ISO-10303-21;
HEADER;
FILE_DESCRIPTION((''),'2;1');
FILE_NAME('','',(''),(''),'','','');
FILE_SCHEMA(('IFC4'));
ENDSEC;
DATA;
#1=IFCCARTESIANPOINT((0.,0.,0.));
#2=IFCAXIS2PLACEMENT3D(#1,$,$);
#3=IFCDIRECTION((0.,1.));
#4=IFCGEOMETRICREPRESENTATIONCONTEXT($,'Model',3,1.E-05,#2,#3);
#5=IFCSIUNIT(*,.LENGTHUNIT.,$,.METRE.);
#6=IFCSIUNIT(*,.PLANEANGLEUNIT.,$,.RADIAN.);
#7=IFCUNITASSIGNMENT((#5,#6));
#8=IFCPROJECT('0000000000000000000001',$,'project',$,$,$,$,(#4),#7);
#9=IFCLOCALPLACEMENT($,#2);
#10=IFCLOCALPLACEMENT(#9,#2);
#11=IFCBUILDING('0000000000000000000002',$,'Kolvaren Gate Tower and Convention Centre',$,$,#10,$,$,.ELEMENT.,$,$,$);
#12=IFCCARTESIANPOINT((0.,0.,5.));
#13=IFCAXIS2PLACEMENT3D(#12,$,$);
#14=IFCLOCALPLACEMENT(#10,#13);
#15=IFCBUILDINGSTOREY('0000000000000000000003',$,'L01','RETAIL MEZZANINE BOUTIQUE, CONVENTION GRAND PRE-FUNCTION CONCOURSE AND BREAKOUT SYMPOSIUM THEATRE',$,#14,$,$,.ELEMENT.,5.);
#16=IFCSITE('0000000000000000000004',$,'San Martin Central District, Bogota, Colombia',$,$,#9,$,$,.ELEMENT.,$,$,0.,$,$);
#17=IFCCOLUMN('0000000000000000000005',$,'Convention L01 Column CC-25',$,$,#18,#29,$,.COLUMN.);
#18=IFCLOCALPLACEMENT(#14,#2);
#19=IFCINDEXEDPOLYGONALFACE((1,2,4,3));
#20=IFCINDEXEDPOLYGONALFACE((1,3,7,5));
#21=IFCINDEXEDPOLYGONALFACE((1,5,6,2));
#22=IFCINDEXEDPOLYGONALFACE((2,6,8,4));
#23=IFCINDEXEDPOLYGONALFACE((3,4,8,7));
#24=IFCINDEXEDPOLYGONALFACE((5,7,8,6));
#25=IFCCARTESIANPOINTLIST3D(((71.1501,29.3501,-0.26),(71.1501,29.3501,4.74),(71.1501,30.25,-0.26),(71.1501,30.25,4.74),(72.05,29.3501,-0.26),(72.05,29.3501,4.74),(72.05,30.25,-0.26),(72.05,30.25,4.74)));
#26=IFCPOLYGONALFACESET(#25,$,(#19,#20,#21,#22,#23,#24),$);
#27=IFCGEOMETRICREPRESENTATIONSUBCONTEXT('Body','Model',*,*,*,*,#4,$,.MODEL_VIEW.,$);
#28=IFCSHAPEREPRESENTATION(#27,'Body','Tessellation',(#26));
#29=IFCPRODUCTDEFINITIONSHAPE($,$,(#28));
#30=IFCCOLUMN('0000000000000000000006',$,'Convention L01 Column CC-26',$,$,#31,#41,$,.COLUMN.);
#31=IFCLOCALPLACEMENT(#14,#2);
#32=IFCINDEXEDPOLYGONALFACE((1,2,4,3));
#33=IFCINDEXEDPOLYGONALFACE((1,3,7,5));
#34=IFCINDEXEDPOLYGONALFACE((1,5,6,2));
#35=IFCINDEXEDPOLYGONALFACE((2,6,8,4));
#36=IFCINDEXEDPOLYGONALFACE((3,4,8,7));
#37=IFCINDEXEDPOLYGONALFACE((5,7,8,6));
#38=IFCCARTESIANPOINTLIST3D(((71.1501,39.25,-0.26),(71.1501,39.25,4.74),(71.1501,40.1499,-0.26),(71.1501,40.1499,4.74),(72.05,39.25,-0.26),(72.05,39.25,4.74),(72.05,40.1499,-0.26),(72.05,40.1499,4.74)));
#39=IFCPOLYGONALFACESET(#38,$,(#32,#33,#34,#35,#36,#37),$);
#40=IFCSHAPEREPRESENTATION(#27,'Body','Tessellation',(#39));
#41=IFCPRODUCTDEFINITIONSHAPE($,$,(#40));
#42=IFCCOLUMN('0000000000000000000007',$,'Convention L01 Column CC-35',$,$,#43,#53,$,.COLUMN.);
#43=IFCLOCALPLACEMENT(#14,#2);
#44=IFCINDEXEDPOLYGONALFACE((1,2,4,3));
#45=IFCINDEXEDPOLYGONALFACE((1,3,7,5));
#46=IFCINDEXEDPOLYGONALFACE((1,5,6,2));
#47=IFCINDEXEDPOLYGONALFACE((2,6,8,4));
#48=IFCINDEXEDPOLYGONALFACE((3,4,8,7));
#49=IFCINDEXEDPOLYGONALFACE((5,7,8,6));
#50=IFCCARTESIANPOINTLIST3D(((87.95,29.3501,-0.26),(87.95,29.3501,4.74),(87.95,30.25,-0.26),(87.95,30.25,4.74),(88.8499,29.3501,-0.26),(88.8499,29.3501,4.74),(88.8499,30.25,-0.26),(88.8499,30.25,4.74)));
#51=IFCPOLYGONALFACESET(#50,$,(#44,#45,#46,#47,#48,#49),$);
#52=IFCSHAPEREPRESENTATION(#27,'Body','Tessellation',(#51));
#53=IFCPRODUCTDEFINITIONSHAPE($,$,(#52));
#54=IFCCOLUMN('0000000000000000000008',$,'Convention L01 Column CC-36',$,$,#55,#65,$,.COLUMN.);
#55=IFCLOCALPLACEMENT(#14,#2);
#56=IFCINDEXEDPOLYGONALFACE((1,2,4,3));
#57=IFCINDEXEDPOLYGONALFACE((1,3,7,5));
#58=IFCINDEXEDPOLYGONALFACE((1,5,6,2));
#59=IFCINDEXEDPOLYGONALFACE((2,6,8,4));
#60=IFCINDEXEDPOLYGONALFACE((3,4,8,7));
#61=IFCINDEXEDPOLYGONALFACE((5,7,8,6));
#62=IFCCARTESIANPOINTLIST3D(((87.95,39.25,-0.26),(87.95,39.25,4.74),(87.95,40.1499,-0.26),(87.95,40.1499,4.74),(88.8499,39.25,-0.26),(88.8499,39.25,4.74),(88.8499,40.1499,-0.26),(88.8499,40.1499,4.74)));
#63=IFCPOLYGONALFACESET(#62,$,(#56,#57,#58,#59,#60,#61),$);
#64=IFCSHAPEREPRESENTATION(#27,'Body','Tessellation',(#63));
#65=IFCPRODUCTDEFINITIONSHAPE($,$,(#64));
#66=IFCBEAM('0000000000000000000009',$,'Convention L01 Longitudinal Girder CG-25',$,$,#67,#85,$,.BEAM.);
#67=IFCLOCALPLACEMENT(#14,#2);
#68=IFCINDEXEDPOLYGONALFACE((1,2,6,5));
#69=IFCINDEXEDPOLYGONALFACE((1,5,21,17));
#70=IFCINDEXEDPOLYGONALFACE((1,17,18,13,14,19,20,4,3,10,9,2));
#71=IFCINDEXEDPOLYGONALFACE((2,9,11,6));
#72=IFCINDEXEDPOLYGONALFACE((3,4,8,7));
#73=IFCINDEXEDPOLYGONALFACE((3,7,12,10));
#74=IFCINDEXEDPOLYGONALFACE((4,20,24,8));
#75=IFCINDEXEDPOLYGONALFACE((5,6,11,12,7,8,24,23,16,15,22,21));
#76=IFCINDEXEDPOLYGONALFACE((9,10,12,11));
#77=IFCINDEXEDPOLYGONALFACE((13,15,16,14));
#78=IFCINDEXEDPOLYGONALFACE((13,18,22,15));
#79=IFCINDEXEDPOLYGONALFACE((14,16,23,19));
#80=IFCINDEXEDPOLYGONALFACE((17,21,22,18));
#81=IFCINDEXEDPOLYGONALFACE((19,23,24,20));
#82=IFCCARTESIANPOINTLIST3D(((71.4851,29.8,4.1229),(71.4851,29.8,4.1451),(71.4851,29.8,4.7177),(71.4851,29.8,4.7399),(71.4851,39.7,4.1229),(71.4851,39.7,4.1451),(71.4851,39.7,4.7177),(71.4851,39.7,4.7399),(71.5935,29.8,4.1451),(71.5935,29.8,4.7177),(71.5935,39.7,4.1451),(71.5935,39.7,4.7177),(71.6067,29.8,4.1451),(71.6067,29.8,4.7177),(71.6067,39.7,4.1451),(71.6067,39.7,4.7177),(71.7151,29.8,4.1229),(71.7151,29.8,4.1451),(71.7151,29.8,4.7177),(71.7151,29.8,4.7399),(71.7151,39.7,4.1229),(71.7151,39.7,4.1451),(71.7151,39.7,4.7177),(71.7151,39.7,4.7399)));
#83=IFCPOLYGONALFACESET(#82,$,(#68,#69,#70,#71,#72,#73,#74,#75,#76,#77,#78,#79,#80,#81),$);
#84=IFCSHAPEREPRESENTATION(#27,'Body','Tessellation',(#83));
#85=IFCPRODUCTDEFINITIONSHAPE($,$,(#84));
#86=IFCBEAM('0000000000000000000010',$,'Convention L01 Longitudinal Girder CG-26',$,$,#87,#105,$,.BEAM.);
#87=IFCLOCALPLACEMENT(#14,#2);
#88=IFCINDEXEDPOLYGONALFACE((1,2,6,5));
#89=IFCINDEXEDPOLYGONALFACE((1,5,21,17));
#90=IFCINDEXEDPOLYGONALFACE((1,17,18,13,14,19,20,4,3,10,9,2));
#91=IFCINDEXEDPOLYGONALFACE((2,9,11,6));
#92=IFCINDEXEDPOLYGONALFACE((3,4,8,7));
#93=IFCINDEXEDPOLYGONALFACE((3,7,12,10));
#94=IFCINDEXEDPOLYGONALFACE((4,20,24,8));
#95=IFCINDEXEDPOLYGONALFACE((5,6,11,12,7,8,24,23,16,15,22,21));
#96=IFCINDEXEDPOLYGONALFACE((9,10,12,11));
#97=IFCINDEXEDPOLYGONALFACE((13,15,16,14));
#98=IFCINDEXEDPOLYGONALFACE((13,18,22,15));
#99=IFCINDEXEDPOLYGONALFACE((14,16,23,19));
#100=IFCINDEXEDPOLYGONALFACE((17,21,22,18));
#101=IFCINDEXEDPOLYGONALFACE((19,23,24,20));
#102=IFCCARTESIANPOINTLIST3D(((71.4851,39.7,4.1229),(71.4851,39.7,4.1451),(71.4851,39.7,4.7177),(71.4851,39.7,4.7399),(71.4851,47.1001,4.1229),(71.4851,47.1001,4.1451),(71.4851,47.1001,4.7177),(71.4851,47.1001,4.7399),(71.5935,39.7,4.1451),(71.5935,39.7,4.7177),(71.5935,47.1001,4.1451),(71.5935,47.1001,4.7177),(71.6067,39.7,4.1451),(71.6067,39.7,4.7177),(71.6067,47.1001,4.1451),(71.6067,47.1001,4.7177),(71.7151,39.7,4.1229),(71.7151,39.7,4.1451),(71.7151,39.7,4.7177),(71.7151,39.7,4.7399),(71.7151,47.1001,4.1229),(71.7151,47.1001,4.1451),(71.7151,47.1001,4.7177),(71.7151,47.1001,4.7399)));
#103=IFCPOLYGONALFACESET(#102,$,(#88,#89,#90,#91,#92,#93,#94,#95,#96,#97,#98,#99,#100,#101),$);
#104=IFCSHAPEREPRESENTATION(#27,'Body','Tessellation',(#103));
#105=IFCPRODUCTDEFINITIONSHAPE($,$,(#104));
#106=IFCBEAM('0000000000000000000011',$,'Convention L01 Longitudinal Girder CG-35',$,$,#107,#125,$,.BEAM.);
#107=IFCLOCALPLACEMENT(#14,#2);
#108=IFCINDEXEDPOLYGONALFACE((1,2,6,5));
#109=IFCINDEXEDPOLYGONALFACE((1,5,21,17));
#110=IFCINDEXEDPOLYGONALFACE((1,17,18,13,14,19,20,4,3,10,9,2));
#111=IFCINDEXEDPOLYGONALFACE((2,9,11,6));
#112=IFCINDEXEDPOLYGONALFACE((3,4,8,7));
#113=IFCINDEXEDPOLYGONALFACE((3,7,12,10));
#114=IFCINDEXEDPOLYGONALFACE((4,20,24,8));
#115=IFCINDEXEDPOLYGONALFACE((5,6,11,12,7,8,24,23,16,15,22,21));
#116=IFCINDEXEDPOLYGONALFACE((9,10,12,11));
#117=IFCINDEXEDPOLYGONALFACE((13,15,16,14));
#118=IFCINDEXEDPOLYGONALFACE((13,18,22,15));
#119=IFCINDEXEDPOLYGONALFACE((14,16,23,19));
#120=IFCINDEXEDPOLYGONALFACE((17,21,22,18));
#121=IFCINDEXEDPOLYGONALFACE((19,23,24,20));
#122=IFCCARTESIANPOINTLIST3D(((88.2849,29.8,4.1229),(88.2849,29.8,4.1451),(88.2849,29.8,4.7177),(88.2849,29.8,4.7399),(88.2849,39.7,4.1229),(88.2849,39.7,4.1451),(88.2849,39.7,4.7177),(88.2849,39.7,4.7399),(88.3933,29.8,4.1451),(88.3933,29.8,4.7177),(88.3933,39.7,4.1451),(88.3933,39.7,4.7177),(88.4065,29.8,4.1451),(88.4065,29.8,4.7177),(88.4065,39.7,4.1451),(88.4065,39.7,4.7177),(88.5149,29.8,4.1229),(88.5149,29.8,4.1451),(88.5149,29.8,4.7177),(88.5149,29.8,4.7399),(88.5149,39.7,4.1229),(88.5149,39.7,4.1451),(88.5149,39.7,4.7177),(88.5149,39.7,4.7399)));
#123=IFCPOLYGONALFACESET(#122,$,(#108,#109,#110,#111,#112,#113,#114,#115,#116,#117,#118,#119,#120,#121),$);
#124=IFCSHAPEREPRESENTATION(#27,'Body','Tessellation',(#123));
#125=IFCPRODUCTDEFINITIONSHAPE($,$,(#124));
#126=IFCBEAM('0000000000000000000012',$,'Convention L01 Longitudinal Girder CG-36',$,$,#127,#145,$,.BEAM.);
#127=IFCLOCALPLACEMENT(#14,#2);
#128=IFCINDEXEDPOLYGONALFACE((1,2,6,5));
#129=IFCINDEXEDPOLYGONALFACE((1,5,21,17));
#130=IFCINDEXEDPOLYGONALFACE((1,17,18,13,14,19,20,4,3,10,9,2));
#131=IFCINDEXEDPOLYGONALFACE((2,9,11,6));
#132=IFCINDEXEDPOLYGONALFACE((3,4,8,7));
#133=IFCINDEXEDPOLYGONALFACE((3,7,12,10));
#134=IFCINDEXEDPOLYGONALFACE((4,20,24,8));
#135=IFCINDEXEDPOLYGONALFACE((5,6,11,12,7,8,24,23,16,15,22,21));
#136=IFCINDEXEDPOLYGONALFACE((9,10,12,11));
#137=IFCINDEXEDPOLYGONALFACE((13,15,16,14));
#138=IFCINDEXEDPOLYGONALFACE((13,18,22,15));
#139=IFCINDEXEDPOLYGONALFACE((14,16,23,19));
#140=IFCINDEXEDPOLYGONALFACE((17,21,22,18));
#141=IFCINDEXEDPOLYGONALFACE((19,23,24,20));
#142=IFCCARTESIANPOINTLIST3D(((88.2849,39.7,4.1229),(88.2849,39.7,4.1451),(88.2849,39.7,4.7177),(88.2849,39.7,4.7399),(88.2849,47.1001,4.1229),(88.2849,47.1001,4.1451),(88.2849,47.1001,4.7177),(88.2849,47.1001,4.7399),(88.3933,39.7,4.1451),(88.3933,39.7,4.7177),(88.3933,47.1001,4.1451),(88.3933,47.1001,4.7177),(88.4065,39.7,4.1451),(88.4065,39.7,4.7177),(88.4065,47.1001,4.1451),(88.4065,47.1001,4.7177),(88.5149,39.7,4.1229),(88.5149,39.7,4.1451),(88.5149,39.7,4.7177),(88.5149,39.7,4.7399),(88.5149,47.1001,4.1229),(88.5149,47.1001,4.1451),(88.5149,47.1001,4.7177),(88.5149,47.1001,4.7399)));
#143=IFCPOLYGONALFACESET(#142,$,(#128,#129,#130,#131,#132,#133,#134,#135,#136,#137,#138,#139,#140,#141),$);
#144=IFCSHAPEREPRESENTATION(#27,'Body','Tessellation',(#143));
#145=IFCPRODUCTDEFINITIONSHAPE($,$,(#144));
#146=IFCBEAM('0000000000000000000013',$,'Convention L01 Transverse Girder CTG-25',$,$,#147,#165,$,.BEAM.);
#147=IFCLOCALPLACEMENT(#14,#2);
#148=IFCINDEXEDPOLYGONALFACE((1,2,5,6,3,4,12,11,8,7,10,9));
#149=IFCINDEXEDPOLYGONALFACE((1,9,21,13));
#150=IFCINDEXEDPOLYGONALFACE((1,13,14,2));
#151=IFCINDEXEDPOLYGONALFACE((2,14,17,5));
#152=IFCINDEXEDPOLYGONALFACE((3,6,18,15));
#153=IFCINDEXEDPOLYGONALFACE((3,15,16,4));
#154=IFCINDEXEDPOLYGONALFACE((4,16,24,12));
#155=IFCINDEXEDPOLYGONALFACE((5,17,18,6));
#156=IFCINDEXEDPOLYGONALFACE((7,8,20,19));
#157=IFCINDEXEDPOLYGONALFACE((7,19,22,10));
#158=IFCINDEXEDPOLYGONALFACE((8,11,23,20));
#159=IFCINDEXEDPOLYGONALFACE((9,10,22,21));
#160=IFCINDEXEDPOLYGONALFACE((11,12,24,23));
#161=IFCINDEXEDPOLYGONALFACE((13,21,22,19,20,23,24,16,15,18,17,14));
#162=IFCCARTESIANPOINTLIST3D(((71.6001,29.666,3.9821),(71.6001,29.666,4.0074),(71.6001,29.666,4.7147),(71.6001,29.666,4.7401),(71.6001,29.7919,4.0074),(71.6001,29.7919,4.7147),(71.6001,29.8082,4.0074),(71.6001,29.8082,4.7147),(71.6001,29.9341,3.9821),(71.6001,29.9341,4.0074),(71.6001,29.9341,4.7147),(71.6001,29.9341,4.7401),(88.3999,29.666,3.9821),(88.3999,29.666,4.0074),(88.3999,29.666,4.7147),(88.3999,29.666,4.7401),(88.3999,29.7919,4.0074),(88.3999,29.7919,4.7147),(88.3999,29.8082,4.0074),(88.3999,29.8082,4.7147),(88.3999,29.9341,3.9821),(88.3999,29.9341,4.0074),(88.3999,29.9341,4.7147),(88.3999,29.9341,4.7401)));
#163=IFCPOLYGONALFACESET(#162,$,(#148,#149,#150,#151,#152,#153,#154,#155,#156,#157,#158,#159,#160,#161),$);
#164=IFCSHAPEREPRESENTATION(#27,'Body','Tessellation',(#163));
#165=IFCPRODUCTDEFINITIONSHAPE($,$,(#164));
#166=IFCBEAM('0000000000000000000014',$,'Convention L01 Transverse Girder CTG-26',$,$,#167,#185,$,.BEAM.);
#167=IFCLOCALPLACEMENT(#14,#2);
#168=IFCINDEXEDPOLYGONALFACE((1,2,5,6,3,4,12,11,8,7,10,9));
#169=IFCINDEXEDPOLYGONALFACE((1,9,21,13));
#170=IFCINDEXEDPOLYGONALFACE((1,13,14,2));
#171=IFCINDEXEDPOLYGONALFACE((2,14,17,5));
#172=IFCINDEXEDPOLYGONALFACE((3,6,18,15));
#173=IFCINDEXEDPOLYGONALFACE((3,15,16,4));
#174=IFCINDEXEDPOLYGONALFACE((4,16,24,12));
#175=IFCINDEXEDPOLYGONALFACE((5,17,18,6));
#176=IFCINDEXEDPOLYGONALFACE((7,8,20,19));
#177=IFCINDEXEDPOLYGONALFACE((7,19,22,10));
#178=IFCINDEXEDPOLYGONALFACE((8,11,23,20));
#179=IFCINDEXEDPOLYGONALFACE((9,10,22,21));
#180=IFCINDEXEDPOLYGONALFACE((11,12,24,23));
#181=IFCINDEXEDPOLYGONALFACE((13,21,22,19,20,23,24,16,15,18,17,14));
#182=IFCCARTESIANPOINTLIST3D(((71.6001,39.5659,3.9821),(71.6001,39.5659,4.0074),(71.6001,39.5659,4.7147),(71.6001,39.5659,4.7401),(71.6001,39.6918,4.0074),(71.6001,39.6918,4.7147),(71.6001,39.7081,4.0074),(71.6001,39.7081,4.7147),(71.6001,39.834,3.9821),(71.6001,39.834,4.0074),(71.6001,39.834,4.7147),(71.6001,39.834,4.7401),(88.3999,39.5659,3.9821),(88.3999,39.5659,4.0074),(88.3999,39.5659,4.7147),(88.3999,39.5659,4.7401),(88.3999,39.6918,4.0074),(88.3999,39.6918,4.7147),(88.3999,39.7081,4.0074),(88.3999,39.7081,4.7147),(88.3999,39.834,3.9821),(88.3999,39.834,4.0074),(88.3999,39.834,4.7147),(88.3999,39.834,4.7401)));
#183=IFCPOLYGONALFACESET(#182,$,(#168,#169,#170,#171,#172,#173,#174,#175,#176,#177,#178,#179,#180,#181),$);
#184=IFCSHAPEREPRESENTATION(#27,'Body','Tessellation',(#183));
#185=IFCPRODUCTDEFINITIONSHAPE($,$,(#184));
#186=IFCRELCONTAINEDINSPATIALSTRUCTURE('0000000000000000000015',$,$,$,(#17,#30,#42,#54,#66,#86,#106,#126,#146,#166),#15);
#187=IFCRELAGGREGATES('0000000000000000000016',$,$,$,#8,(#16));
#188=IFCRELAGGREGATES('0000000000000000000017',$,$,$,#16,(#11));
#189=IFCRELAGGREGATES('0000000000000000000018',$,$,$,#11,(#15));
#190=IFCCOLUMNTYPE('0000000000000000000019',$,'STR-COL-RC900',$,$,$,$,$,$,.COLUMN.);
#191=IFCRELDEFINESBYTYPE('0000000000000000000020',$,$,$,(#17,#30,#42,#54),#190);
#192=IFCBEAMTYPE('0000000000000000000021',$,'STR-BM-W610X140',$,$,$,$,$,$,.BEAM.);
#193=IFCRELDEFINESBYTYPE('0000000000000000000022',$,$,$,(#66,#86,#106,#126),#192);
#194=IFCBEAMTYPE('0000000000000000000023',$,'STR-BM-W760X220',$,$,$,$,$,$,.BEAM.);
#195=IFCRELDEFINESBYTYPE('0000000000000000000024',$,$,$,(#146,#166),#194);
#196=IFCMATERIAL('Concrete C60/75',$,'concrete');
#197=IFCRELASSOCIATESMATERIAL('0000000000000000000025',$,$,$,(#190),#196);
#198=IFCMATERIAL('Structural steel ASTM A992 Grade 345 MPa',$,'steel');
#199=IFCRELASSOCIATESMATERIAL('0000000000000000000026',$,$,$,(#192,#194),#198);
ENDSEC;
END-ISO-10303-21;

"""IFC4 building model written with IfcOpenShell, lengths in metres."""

from ifc_helpers import new_model, si_unit, direction, frame, origin, origin_2d, place, context, subcontext, project, spatial, rectangle, i_section, extrude, material, material_profile, profile_set, type_object, element, save


model = new_model("IFC4")

# Units and contexts
model_context = context("Model", 3, precision=1e-05, world=origin(), true_north=direction((0.0, 1.0)))
body_context = subcontext(model_context, "Body", "Model", "MODEL_VIEW")
ifc_project = project(units=[si_unit("LENGTHUNIT", "METRE"), si_unit("PLANEANGLEUNIT", "RADIAN")], contexts=[model_context])

# Site, building, storey
site_placement = place(None, origin())
site = spatial("IfcSite", under=ifc_project, at=site_placement, Name="San Martin Central District, Bogota, Colombia", CompositionType="ELEMENT", RefElevation=0.0)
building_placement = place(site_placement, origin())
building = spatial("IfcBuilding", under=site, at=building_placement, Name="Kolvaren Gate Tower and Convention Centre", CompositionType="ELEMENT")
storey_placement = place(building_placement, frame((0.0, 0.0, 5.0)))
storey = spatial("IfcBuildingStorey", under=building, at=storey_placement, Name="L01", Description="RETAIL MEZZANINE BOUTIQUE, CONVENTION GRAND PRE-FUNCTION CONCOURSE AND BREAKOUT SYMPOSIUM THEATRE", CompositionType="ELEMENT", Elevation=5.0)

# Columns
ifc_material_1 = material(Name="Concrete C60/75", Category="concrete")
ifc_material_profile_1 = material_profile(ifc_material_1, rectangle(XDim=0.8999, YDim=0.8999, at=origin_2d()), Name="RC-COL-900X900")
ifc_profile_set_1 = profile_set([ifc_material_profile_1], Name="Concrete C60/75")
column_type = type_object("IfcColumnType", Name="STR-COL-RC900", PredefinedType="COLUMN", material=ifc_profile_set_1)
for number, where, z_axis, x_axis, name in (
    (1, (71.6001, 29.8, -0.26), (0.0, 0.0, 1.0), (1.0, 0.0, 0.0), "Convention L01 Column CC-25"),
    (2, (71.6001, 39.7, -0.26), (0.0, 0.0, 1.0), (1.0, 0.0, 0.0), "Convention L01 Column CC-26"),
    (3, (88.3999, 29.8, -0.26), (0.0, 0.0, 1.0), (1.0, 0.0, 0.0), "Convention L01 Column CC-35"),
    (4, (88.3999, 39.7, -0.26), (0.0, 0.0, 1.0), (1.0, 0.0, 0.0), "Convention L01 Column CC-36"),
):
    element("IfcColumn", number, at=place(storey_placement, frame(where, z_axis=z_axis, x_axis=x_axis)), inside=storey, type_object=column_type, Name=name, PredefinedType="COLUMN", context=body_context, shape_type="SweptSolid", body=[
        extrude(rectangle(XDim=0.8999, YDim=0.8999, at=origin_2d()), origin(), (0.0, 0.0, 1.0), 5.0),
    ])

# Beams
ifc_material_2 = material(Name="Structural steel ASTM A992 Grade 345 MPa", Category="steel")
ifc_material_profile_2 = material_profile(ifc_material_2, i_section(OverallWidth=0.23, OverallDepth=0.6169, WebThickness=0.0132, FlangeThickness=0.0222, at=origin_2d()), Name="W610X140")
ifc_profile_set_2 = profile_set([ifc_material_profile_2], Name="Structural steel ASTM A992 Grade 345 MPa")
beam_type_1 = type_object("IfcBeamType", Name="STR-BM-W610X140", PredefinedType="BEAM", material=ifc_profile_set_2)
beam_1_placement = place(storey_placement, frame((71.6001, 29.8, 4.4314), z_axis=(0.0, 1.0, 0.0), x_axis=(-1.0, 0.0, 0.0)))
element("IfcBeam", 5, at=beam_1_placement, inside=storey, type_object=beam_type_1, Name="Convention L01 Longitudinal Girder CG-25", PredefinedType="BEAM", context=body_context, shape_type="SweptSolid", body=[
    extrude(i_section(OverallWidth=0.23, OverallDepth=0.6169, WebThickness=0.0132, FlangeThickness=0.0222, at=origin_2d()), origin(), (0.0, 0.0, 1.0), 9.8999),
])
beam_2_placement = place(storey_placement, frame((71.6001, 39.7, 4.4314), z_axis=(0.0, 1.0, 0.0), x_axis=(-1.0, 0.0, 0.0)))
element("IfcBeam", 6, at=beam_2_placement, inside=storey, type_object=beam_type_1, Name="Convention L01 Longitudinal Girder CG-26", PredefinedType="BEAM", context=body_context, shape_type="SweptSolid", body=[
    extrude(i_section(OverallWidth=0.23, OverallDepth=0.6169, WebThickness=0.0132, FlangeThickness=0.0222, at=origin_2d()), origin(), (0.0, 0.0, 1.0), 7.4001),
])
beam_3_placement = place(storey_placement, frame((88.3999, 29.8, 4.4314), z_axis=(0.0, 1.0, 0.0), x_axis=(-1.0, 0.0, 0.0)))
element("IfcBeam", 7, at=beam_3_placement, inside=storey, type_object=beam_type_1, Name="Convention L01 Longitudinal Girder CG-35", PredefinedType="BEAM", context=body_context, shape_type="SweptSolid", body=[
    extrude(i_section(OverallWidth=0.23, OverallDepth=0.6169, WebThickness=0.0132, FlangeThickness=0.0222, at=origin_2d()), origin(), (0.0, 0.0, 1.0), 9.8999),
])
beam_4_placement = place(storey_placement, frame((88.3999, 39.7, 4.4314), z_axis=(0.0, 1.0, 0.0), x_axis=(-1.0, 0.0, 0.0)))
element("IfcBeam", 8, at=beam_4_placement, inside=storey, type_object=beam_type_1, Name="Convention L01 Longitudinal Girder CG-36", PredefinedType="BEAM", context=body_context, shape_type="SweptSolid", body=[
    extrude(i_section(OverallWidth=0.23, OverallDepth=0.6169, WebThickness=0.0132, FlangeThickness=0.0222, at=origin_2d()), origin(), (0.0, 0.0, 1.0), 7.4001),
])
ifc_material_profile_3 = material_profile(ifc_material_2, i_section(OverallWidth=0.2681, OverallDepth=0.7581, WebThickness=0.0164, FlangeThickness=0.0254, at=origin_2d()), Name="W760X220")
ifc_profile_set_3 = profile_set([ifc_material_profile_3], Name="Structural steel ASTM A992 Grade 345 MPa")
beam_type_2 = type_object("IfcBeamType", Name="STR-BM-W760X220", PredefinedType="BEAM", material=ifc_profile_set_3)
for number, where, z_axis, x_axis, name in (
    (9, (71.6001, 29.8, 4.3611), (1.0, 0.0, 0.0), (0.0, 1.0, 0.0), "Convention L01 Transverse Girder CTG-25"),
    (10, (71.6001, 39.7, 4.3611), (1.0, 0.0, 0.0), (0.0, 1.0, 0.0), "Convention L01 Transverse Girder CTG-26"),
):
    element("IfcBeam", number, at=place(storey_placement, frame(where, z_axis=z_axis, x_axis=x_axis)), inside=storey, type_object=beam_type_2, Name=name, PredefinedType="BEAM", context=body_context, shape_type="SweptSolid", body=[
        extrude(i_section(OverallWidth=0.2681, OverallDepth=0.7581, WebThickness=0.0164, FlangeThickness=0.0254, at=origin_2d()), origin(), (0.0, 0.0, 1.0), 16.7998),
    ])

save(model, "model.ifc")
